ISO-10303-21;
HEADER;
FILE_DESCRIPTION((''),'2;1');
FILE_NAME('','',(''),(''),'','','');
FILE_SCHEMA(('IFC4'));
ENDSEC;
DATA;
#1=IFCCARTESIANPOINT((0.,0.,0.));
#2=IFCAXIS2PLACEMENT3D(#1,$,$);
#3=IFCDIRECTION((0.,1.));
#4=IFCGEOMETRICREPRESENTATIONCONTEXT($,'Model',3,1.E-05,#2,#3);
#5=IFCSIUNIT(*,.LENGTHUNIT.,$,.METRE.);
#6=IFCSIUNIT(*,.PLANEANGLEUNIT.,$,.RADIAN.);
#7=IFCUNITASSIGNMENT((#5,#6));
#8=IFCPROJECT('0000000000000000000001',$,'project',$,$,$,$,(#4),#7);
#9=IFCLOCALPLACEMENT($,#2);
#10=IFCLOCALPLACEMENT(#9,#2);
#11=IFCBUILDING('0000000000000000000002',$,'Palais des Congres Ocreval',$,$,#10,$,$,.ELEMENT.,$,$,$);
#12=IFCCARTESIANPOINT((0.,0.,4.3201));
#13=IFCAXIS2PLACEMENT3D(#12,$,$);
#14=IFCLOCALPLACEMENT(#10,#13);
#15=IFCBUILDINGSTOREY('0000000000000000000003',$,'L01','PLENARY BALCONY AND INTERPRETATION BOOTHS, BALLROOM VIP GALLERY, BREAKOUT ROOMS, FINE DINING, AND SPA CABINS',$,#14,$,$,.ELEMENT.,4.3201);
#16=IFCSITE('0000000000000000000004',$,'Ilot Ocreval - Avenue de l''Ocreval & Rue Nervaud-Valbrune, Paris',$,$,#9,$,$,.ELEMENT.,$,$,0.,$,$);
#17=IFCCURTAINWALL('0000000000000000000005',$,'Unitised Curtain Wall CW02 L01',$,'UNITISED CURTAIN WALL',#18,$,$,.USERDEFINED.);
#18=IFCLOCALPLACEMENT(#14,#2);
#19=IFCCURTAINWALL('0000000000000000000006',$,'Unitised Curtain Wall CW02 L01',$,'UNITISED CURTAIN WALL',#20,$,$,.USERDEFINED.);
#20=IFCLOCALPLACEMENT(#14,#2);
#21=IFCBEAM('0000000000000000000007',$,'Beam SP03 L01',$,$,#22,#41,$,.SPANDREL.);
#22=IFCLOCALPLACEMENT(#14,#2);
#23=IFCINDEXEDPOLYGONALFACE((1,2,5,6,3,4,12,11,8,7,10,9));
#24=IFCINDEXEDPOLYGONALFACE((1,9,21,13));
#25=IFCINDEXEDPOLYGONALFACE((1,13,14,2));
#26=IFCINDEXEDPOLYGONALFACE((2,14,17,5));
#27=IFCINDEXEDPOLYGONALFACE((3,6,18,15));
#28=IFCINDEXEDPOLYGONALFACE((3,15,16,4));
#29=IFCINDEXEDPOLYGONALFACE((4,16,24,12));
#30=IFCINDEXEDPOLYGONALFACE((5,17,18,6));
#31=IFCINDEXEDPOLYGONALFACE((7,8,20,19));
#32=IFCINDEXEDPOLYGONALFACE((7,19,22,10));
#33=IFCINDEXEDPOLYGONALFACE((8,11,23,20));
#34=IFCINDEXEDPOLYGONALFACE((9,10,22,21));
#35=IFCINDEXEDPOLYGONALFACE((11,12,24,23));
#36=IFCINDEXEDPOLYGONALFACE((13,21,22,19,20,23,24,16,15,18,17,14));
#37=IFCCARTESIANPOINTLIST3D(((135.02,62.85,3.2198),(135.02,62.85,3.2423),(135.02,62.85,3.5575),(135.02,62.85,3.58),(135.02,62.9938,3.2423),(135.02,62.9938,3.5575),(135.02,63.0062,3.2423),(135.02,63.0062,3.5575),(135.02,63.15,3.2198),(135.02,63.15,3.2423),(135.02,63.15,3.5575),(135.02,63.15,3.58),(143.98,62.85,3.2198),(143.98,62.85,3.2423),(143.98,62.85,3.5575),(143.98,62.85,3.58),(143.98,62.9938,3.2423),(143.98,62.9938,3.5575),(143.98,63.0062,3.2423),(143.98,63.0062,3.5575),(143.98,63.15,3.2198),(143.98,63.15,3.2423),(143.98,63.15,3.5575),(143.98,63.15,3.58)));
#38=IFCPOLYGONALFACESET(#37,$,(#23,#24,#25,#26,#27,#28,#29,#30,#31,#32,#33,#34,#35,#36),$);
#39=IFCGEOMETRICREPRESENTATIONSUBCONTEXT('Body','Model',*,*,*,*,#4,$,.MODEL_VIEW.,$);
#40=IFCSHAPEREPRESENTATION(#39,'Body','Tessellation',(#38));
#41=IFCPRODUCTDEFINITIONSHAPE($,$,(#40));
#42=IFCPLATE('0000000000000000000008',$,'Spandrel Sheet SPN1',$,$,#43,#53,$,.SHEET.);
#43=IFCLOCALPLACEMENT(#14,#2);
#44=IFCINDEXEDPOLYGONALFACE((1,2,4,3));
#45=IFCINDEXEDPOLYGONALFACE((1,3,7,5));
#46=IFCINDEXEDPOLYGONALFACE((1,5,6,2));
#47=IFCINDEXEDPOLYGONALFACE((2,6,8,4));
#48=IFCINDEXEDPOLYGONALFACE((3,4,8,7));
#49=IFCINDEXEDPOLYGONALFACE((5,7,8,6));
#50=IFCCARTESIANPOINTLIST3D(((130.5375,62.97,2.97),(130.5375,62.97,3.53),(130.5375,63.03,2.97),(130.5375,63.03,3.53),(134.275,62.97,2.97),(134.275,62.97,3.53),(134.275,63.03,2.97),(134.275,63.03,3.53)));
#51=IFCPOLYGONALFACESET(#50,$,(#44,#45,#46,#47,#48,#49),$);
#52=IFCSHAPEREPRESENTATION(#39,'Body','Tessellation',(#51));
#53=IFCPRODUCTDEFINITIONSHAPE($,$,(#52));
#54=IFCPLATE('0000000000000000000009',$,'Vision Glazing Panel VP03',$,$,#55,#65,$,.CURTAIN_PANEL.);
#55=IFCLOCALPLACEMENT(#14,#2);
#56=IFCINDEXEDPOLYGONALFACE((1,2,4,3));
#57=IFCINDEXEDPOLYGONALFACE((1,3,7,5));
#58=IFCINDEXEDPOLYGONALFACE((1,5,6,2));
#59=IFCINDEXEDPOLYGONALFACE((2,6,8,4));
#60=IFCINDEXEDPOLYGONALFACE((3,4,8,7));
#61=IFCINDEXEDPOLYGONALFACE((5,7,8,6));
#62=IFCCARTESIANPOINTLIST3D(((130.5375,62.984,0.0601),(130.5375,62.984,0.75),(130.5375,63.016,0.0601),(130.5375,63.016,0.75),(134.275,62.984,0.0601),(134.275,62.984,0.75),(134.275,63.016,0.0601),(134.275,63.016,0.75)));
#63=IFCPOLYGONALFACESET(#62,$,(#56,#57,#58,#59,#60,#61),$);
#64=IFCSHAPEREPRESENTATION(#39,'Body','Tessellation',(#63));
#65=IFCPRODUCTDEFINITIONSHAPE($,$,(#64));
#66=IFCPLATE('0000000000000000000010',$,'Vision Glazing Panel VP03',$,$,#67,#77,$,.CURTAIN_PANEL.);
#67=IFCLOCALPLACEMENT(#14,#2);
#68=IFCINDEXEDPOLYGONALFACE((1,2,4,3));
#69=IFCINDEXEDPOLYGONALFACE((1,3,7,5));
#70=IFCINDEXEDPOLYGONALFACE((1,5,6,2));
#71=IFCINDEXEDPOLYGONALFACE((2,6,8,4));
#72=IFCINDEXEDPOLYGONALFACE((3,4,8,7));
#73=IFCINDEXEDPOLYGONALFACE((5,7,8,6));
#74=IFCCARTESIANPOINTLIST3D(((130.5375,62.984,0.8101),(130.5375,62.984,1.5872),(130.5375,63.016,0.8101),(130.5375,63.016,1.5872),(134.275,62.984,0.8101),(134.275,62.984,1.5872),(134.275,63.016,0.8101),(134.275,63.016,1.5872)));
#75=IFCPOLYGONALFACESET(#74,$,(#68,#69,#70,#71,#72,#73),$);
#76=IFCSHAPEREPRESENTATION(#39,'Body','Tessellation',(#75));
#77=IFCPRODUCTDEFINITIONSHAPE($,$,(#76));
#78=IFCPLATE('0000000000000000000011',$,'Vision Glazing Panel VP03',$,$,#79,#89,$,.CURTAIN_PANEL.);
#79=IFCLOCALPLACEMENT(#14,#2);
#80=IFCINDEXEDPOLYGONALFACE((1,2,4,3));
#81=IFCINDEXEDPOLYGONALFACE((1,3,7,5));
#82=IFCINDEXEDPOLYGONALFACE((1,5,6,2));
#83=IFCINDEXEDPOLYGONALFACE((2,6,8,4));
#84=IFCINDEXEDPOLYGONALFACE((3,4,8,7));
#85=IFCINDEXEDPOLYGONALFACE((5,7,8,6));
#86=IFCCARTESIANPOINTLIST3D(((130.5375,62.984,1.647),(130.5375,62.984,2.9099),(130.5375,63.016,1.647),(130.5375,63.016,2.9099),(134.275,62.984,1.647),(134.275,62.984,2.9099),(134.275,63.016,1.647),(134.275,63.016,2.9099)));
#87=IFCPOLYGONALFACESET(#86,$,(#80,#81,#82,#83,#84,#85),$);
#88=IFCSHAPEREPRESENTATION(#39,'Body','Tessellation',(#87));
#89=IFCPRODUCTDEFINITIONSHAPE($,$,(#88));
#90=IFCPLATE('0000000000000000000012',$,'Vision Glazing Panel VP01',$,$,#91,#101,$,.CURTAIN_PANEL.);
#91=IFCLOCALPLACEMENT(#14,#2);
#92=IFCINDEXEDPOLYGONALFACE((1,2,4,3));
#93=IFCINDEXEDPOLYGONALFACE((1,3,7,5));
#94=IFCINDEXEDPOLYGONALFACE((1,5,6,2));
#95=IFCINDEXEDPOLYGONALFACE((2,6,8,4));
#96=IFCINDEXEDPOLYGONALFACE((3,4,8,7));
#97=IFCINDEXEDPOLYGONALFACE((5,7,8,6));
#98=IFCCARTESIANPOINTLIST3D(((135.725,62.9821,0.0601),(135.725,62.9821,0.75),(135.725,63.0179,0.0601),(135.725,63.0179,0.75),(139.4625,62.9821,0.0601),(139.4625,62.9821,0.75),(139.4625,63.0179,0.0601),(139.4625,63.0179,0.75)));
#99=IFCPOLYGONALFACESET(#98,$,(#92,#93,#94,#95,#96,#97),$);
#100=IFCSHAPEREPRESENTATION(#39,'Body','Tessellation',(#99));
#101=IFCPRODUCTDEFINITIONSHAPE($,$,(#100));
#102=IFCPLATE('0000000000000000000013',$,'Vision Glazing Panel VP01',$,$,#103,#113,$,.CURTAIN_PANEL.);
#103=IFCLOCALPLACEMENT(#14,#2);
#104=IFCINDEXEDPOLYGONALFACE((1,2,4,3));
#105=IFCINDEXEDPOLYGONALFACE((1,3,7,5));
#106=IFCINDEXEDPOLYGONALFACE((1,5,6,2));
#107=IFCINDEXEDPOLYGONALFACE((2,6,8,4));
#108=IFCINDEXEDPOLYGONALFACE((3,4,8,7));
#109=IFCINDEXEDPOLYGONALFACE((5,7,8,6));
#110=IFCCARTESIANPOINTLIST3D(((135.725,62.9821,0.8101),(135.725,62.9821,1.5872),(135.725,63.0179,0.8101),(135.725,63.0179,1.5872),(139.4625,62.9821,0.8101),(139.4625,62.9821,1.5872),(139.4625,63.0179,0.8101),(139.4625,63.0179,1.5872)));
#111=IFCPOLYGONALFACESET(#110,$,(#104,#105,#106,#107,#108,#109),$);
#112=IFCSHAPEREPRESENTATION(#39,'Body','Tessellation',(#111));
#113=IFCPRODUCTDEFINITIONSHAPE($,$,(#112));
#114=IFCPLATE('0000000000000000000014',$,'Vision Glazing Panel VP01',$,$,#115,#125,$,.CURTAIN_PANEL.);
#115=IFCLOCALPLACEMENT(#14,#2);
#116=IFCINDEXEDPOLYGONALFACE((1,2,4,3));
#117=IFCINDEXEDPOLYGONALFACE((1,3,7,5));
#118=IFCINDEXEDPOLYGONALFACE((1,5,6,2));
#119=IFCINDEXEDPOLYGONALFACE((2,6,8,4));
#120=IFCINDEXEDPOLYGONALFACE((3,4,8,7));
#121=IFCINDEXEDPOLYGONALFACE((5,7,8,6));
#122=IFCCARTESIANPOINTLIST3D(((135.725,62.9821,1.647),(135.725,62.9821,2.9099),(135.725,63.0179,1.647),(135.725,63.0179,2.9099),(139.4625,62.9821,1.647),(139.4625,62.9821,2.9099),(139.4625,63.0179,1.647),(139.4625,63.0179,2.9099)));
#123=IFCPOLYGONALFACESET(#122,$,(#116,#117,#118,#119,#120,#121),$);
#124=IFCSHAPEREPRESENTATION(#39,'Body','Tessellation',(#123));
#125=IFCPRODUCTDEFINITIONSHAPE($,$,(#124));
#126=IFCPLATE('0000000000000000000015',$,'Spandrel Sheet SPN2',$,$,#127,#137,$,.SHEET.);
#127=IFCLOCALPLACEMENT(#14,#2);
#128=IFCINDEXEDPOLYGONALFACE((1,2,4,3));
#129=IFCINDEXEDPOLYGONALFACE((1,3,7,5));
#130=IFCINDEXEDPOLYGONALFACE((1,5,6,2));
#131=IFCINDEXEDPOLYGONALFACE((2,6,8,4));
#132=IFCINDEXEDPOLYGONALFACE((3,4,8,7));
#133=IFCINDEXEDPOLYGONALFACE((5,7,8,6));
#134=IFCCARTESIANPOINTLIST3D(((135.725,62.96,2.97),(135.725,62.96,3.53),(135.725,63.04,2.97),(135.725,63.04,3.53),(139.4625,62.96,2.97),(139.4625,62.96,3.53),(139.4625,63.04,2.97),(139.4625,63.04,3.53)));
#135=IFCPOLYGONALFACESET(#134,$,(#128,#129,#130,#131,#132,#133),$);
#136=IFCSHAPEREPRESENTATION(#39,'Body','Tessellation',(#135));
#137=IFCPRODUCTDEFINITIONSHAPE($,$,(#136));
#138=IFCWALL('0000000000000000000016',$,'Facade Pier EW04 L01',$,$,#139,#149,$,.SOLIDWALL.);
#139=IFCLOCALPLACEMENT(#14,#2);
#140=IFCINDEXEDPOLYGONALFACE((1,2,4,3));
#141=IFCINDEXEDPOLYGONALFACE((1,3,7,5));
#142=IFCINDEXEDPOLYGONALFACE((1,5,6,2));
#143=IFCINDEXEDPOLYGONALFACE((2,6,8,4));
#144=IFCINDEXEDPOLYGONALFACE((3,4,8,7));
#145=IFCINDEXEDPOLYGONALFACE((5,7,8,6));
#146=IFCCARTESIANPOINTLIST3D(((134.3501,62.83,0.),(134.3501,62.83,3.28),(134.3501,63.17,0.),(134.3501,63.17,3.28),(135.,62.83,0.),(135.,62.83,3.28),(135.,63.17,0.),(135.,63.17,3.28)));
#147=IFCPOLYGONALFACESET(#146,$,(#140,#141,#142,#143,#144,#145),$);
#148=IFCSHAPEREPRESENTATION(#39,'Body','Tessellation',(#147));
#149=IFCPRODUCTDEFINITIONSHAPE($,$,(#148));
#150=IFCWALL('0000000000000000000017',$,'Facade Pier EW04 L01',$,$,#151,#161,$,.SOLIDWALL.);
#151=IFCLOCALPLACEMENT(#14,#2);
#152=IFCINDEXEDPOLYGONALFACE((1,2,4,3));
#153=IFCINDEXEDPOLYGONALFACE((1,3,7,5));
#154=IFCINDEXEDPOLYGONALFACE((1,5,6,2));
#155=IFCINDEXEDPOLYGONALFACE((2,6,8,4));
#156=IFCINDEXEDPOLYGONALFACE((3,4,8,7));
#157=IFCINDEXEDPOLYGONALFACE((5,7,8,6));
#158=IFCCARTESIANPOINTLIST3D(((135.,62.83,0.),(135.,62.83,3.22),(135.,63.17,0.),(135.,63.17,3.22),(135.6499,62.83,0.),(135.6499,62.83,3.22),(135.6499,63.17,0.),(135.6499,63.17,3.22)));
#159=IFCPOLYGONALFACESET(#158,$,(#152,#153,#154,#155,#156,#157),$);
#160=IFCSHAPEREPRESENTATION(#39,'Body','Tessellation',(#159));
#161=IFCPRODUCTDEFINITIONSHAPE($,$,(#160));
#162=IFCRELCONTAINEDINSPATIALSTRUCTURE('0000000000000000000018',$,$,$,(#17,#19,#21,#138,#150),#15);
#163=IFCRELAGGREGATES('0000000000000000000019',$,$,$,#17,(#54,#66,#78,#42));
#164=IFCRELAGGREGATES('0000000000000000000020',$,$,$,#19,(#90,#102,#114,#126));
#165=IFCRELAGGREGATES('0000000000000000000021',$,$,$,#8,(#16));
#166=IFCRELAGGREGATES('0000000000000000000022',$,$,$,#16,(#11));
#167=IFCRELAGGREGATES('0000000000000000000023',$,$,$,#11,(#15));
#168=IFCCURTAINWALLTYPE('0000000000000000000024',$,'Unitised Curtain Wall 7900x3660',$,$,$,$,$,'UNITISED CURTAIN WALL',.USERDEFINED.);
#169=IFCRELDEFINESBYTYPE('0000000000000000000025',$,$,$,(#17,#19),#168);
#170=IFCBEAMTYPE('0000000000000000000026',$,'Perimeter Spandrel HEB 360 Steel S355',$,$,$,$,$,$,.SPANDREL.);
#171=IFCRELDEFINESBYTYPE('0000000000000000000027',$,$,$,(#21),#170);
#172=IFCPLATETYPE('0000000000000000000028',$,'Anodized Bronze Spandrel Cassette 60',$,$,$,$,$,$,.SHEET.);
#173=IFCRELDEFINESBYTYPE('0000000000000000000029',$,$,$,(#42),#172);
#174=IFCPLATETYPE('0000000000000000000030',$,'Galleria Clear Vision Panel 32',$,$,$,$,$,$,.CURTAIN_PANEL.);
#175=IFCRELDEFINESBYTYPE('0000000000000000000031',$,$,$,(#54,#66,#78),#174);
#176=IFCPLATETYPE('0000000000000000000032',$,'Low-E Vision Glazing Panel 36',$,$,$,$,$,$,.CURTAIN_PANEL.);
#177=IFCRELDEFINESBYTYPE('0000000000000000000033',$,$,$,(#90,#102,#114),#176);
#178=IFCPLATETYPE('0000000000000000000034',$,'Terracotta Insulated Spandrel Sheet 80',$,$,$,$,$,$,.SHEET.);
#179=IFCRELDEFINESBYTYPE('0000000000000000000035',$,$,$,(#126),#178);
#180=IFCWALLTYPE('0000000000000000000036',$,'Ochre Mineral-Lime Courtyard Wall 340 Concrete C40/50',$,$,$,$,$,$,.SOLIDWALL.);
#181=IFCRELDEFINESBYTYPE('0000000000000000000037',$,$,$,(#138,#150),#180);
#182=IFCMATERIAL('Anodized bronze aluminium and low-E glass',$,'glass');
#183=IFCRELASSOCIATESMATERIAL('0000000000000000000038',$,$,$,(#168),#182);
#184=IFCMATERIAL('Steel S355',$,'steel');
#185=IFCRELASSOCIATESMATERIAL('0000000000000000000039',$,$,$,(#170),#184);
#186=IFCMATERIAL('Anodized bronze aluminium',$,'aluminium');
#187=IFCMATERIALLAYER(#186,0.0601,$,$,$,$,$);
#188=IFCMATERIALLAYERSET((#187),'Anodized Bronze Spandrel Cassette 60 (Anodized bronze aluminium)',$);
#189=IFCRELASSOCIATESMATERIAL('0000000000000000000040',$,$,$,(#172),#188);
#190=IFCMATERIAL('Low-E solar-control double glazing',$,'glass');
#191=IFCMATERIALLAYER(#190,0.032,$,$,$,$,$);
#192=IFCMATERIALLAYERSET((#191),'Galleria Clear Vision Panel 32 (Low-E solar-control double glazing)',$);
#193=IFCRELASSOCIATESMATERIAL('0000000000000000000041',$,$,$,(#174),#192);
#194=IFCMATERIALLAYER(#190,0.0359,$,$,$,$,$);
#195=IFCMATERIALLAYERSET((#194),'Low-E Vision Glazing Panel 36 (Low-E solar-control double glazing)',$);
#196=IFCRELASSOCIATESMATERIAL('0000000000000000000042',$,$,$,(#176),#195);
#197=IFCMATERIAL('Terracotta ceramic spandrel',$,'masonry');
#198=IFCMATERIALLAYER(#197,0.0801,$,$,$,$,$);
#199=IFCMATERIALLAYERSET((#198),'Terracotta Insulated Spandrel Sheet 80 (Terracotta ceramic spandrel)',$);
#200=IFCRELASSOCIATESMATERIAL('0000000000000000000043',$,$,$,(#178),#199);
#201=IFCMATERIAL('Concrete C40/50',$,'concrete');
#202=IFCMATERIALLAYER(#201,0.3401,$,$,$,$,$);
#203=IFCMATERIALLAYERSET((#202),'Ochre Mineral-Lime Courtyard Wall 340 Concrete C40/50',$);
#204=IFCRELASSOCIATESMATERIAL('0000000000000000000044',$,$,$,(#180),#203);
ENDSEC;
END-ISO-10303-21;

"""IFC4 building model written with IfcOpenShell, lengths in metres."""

from ifc_helpers import new_model, si_unit, direction, frame, frame_2d, origin, origin_2d, place, context, subcontext, project, spatial, rectangle, i_section, extrude, material, layer, layer_set, material_profile, profile_set, type_object, element, aggregate, save


model = new_model("IFC4")

# Units and contexts
model_context = context("Model", 3, precision=1e-05, world=origin(), true_north=direction((0.0, 1.0)))
body_context = subcontext(model_context, "Body", "Model", "MODEL_VIEW")
ifc_project = project(units=[si_unit("LENGTHUNIT", "METRE"), si_unit("PLANEANGLEUNIT", "RADIAN")], contexts=[model_context])

# Site, building, storey
site_placement = place(None, origin())
site = spatial("IfcSite", under=ifc_project, at=site_placement, Name="Ilot Ocreval - Avenue de l'Ocreval & Rue Nervaud-Valbrune, Paris", CompositionType="ELEMENT", RefElevation=0.0)
building_placement = place(site_placement, origin())
building = spatial("IfcBuilding", under=site, at=building_placement, Name="Palais des Congres Ocreval", CompositionType="ELEMENT")
storey_placement = place(building_placement, frame((0.0, 0.0, 4.3201)))
storey = spatial("IfcBuildingStorey", under=building, at=storey_placement, Name="L01", Description="PLENARY BALCONY AND INTERPRETATION BOOTHS, BALLROOM VIP GALLERY, BREAKOUT ROOMS, FINE DINING, AND SPA CABINS", CompositionType="ELEMENT", Elevation=4.3201)

# Shared definitions
ifc_material_1 = material(Name="Steel S355", Category="steel")

# Curtain walls
ifc_material_2 = material(Name="Anodized bronze aluminium and low-E glass", Category="glass")
curtain_wall_type = type_object("IfcCurtainWallType", Name="Unitised Curtain Wall 7900x3660", ElementType="UNITISED CURTAIN WALL", PredefinedType="USERDEFINED", material=ifc_material_2)
curtain_wall_1_placement = place(storey_placement, origin())
curtain_wall_1 = element("IfcCurtainWall", 1, at=curtain_wall_1_placement, inside=storey, type_object=curtain_wall_type, Name="Unitised Curtain Wall CW02 L01", ObjectType="UNITISED CURTAIN WALL", PredefinedType="USERDEFINED")
ifc_material_3 = material(Name="Anodized bronze aluminium", Category="aluminium")
curtain_wall_2_placement = place(storey_placement, origin())
curtain_wall_2 = element("IfcCurtainWall", 2, at=curtain_wall_2_placement, inside=storey, type_object=curtain_wall_type, Name="Unitised Curtain Wall CW02 L01", ObjectType="UNITISED CURTAIN WALL", PredefinedType="USERDEFINED")

# Beam
ifc_material_profile_1 = material_profile(ifc_material_1, i_section(OverallWidth=0.3, OverallDepth=0.3601, WebThickness=0.0125, FlangeThickness=0.0225, at=origin_2d()), Name="HEB 360")
ifc_profile_set_1 = profile_set([ifc_material_profile_1], Name="Steel S355")
beam_type = type_object("IfcBeamType", Name="Perimeter Spandrel HEB 360 Steel S355", PredefinedType="SPANDREL", material=ifc_profile_set_1)
beam_placement = place(storey_placement, frame((135.02, 63.0, 3.3999), z_axis=(1.0, 0.0, 0.0), x_axis=(0.0, 1.0, 0.0)))
element("IfcBeam", 3, at=beam_placement, inside=storey, type_object=beam_type, Name="Beam SP03 L01", PredefinedType="SPANDREL", context=body_context, shape_type="SweptSolid", body=[
    extrude(i_section(OverallWidth=0.3, OverallDepth=0.3601, WebThickness=0.0125, FlangeThickness=0.0225, at=origin_2d()), origin(), (0.0, 0.0, 1.0), 8.96),
])

# Plates
ifc_layer_1 = layer(ifc_material_3, 0.0601)
ifc_layer_set_1 = layer_set([ifc_layer_1], Name="Anodized Bronze Spandrel Cassette 60 (Anodized bronze aluminium)")
plate_type_1 = type_object("IfcPlateType", Name="Anodized Bronze Spandrel Cassette 60", PredefinedType="SHEET", material=ifc_layer_set_1)
plate_1_placement = place(storey_placement, frame((132.4062, 63.0, 2.97), z_axis=(0.0, 0.0, 1.0), x_axis=(1.0, 0.0, 0.0)))
plate_1 = element("IfcPlate", 4, at=plate_1_placement, type_object=plate_type_1, Name="Spandrel Sheet SPN1", PredefinedType="SHEET", context=body_context, shape_type="SweptSolid", body=[
    extrude(rectangle(XDim=3.7375, YDim=0.0601, at=origin_2d()), origin(), (0.0, 0.0, 1.0), 0.5601),
])
ifc_material_4 = material(Name="Low-E solar-control double glazing", Category="glass")
ifc_layer_2 = layer(ifc_material_4, 0.032)
ifc_layer_set_2 = layer_set([ifc_layer_2], Name="Galleria Clear Vision Panel 32 (Low-E solar-control double glazing)")
plate_type_2 = type_object("IfcPlateType", Name="Galleria Clear Vision Panel 32", PredefinedType="CURTAIN_PANEL", material=ifc_layer_set_2)
plate_2_placement = place(storey_placement, frame((132.4062, 63.0, 0.0601), z_axis=(0.0, 0.0, 1.0), x_axis=(1.0, 0.0, 0.0)))
plate_2 = element("IfcPlate", 5, at=plate_2_placement, type_object=plate_type_2, Name="Vision Glazing Panel VP03", PredefinedType="CURTAIN_PANEL", context=body_context, shape_type="SweptSolid", body=[
    extrude(rectangle(XDim=3.7375, YDim=0.032, at=origin_2d()), origin(), (0.0, 0.0, 1.0), 0.6899),
])
plate_3_placement = place(storey_placement, frame((132.4062, 63.0, 0.8101), z_axis=(0.0, 0.0, 1.0), x_axis=(1.0, 0.0, 0.0)))
plate_3 = element("IfcPlate", 6, at=plate_3_placement, type_object=plate_type_2, Name="Vision Glazing Panel VP03", PredefinedType="CURTAIN_PANEL", context=body_context, shape_type="SweptSolid", body=[
    extrude(rectangle(XDim=3.7375, YDim=0.032, at=origin_2d()), origin(), (0.0, 0.0, 1.0), 0.7771),
])
plate_4_placement = place(storey_placement, frame((132.4062, 63.0, 1.647), z_axis=(0.0, 0.0, 1.0), x_axis=(1.0, 0.0, 0.0)))
plate_4 = element("IfcPlate", 7, at=plate_4_placement, type_object=plate_type_2, Name="Vision Glazing Panel VP03", PredefinedType="CURTAIN_PANEL", context=body_context, shape_type="SweptSolid", body=[
    extrude(rectangle(XDim=3.7375, YDim=0.032, at=origin_2d()), origin(), (0.0, 0.0, 1.0), 1.2629),
])
aggregate(curtain_wall_1, [plate_2, plate_3, plate_4, plate_1])
ifc_layer_3 = layer(ifc_material_4, 0.0359)
ifc_layer_set_3 = layer_set([ifc_layer_3], Name="Low-E Vision Glazing Panel 36 (Low-E solar-control double glazing)")
plate_type_3 = type_object("IfcPlateType", Name="Low-E Vision Glazing Panel 36", PredefinedType="CURTAIN_PANEL", material=ifc_layer_set_3)
plate_5_placement = place(storey_placement, frame((137.5938, 63.0, 0.0601), z_axis=(0.0, 0.0, 1.0), x_axis=(1.0, 0.0, 0.0)))
plate_5 = element("IfcPlate", 8, at=plate_5_placement, type_object=plate_type_3, Name="Vision Glazing Panel VP01", PredefinedType="CURTAIN_PANEL", context=body_context, shape_type="SweptSolid", body=[
    extrude(rectangle(XDim=3.7375, YDim=0.0359, at=origin_2d()), origin(), (0.0, 0.0, 1.0), 0.6899),
])
plate_6_placement = place(storey_placement, frame((137.5938, 63.0, 0.8101), z_axis=(0.0, 0.0, 1.0), x_axis=(1.0, 0.0, 0.0)))
plate_6 = element("IfcPlate", 9, at=plate_6_placement, type_object=plate_type_3, Name="Vision Glazing Panel VP01", PredefinedType="CURTAIN_PANEL", context=body_context, shape_type="SweptSolid", body=[
    extrude(rectangle(XDim=3.7375, YDim=0.0359, at=origin_2d()), origin(), (0.0, 0.0, 1.0), 0.7771),
])
plate_7_placement = place(storey_placement, frame((137.5938, 63.0, 1.647), z_axis=(0.0, 0.0, 1.0), x_axis=(1.0, 0.0, 0.0)))
plate_7 = element("IfcPlate", 10, at=plate_7_placement, type_object=plate_type_3, Name="Vision Glazing Panel VP01", PredefinedType="CURTAIN_PANEL", context=body_context, shape_type="SweptSolid", body=[
    extrude(rectangle(XDim=3.7375, YDim=0.0359, at=origin_2d()), origin(), (0.0, 0.0, 1.0), 1.2629),
])
ifc_material_5 = material(Name="Terracotta ceramic spandrel", Category="masonry")
ifc_layer_4 = layer(ifc_material_5, 0.0801)
ifc_layer_set_4 = layer_set([ifc_layer_4], Name="Terracotta Insulated Spandrel Sheet 80 (Terracotta ceramic spandrel)")
plate_type_4 = type_object("IfcPlateType", Name="Terracotta Insulated Spandrel Sheet 80", PredefinedType="SHEET", material=ifc_layer_set_4)
plate_8_placement = place(storey_placement, frame((137.5938, 63.0, 2.97), z_axis=(0.0, 0.0, 1.0), x_axis=(1.0, 0.0, 0.0)))
plate_8 = element("IfcPlate", 11, at=plate_8_placement, type_object=plate_type_4, Name="Spandrel Sheet SPN2", PredefinedType="SHEET", context=body_context, shape_type="SweptSolid", body=[
    extrude(rectangle(XDim=3.7375, YDim=0.0801, at=origin_2d()), origin(), (0.0, 0.0, 1.0), 0.5601),
])
aggregate(curtain_wall_2, [plate_5, plate_6, plate_7, plate_8])

# Walls
ifc_material_6 = material(Name="Concrete C40/50", Category="concrete")
ifc_layer_5 = layer(ifc_material_6, 0.3401)
ifc_layer_set_5 = layer_set([ifc_layer_5], Name="Ochre Mineral-Lime Courtyard Wall 340 Concrete C40/50")
wall_type = type_object("IfcWallType", Name="Ochre Mineral-Lime Courtyard Wall 340 Concrete C40/50", PredefinedType="SOLIDWALL", material=ifc_layer_set_5)
wall_1_placement = place(storey_placement, frame((134.3501, 63.0, 0.0), z_axis=(0.0, 0.0, 1.0), x_axis=(1.0, 0.0, 0.0)))
element("IfcWall", 12, at=wall_1_placement, inside=storey, type_object=wall_type, Name="Facade Pier EW04 L01", PredefinedType="SOLIDWALL", context=body_context, shape_type="SweptSolid", body=[
    extrude(rectangle(XDim=0.6499, YDim=0.3401, at=frame_2d((0.325, 0.0))), origin(), (0.0, 0.0, 1.0), 3.28),
])
wall_2_placement = place(storey_placement, frame((135.0, 63.0, 0.0), z_axis=(0.0, 0.0, 1.0), x_axis=(1.0, 0.0, 0.0)))
element("IfcWall", 13, at=wall_2_placement, inside=storey, type_object=wall_type, Name="Facade Pier EW04 L01", PredefinedType="SOLIDWALL", context=body_context, shape_type="SweptSolid", body=[
    extrude(rectangle(XDim=0.6499, YDim=0.3401, at=frame_2d((0.325, 0.0))), origin(), (0.0, 0.0, 1.0), 3.22),
])

save(model, "model.ifc")
